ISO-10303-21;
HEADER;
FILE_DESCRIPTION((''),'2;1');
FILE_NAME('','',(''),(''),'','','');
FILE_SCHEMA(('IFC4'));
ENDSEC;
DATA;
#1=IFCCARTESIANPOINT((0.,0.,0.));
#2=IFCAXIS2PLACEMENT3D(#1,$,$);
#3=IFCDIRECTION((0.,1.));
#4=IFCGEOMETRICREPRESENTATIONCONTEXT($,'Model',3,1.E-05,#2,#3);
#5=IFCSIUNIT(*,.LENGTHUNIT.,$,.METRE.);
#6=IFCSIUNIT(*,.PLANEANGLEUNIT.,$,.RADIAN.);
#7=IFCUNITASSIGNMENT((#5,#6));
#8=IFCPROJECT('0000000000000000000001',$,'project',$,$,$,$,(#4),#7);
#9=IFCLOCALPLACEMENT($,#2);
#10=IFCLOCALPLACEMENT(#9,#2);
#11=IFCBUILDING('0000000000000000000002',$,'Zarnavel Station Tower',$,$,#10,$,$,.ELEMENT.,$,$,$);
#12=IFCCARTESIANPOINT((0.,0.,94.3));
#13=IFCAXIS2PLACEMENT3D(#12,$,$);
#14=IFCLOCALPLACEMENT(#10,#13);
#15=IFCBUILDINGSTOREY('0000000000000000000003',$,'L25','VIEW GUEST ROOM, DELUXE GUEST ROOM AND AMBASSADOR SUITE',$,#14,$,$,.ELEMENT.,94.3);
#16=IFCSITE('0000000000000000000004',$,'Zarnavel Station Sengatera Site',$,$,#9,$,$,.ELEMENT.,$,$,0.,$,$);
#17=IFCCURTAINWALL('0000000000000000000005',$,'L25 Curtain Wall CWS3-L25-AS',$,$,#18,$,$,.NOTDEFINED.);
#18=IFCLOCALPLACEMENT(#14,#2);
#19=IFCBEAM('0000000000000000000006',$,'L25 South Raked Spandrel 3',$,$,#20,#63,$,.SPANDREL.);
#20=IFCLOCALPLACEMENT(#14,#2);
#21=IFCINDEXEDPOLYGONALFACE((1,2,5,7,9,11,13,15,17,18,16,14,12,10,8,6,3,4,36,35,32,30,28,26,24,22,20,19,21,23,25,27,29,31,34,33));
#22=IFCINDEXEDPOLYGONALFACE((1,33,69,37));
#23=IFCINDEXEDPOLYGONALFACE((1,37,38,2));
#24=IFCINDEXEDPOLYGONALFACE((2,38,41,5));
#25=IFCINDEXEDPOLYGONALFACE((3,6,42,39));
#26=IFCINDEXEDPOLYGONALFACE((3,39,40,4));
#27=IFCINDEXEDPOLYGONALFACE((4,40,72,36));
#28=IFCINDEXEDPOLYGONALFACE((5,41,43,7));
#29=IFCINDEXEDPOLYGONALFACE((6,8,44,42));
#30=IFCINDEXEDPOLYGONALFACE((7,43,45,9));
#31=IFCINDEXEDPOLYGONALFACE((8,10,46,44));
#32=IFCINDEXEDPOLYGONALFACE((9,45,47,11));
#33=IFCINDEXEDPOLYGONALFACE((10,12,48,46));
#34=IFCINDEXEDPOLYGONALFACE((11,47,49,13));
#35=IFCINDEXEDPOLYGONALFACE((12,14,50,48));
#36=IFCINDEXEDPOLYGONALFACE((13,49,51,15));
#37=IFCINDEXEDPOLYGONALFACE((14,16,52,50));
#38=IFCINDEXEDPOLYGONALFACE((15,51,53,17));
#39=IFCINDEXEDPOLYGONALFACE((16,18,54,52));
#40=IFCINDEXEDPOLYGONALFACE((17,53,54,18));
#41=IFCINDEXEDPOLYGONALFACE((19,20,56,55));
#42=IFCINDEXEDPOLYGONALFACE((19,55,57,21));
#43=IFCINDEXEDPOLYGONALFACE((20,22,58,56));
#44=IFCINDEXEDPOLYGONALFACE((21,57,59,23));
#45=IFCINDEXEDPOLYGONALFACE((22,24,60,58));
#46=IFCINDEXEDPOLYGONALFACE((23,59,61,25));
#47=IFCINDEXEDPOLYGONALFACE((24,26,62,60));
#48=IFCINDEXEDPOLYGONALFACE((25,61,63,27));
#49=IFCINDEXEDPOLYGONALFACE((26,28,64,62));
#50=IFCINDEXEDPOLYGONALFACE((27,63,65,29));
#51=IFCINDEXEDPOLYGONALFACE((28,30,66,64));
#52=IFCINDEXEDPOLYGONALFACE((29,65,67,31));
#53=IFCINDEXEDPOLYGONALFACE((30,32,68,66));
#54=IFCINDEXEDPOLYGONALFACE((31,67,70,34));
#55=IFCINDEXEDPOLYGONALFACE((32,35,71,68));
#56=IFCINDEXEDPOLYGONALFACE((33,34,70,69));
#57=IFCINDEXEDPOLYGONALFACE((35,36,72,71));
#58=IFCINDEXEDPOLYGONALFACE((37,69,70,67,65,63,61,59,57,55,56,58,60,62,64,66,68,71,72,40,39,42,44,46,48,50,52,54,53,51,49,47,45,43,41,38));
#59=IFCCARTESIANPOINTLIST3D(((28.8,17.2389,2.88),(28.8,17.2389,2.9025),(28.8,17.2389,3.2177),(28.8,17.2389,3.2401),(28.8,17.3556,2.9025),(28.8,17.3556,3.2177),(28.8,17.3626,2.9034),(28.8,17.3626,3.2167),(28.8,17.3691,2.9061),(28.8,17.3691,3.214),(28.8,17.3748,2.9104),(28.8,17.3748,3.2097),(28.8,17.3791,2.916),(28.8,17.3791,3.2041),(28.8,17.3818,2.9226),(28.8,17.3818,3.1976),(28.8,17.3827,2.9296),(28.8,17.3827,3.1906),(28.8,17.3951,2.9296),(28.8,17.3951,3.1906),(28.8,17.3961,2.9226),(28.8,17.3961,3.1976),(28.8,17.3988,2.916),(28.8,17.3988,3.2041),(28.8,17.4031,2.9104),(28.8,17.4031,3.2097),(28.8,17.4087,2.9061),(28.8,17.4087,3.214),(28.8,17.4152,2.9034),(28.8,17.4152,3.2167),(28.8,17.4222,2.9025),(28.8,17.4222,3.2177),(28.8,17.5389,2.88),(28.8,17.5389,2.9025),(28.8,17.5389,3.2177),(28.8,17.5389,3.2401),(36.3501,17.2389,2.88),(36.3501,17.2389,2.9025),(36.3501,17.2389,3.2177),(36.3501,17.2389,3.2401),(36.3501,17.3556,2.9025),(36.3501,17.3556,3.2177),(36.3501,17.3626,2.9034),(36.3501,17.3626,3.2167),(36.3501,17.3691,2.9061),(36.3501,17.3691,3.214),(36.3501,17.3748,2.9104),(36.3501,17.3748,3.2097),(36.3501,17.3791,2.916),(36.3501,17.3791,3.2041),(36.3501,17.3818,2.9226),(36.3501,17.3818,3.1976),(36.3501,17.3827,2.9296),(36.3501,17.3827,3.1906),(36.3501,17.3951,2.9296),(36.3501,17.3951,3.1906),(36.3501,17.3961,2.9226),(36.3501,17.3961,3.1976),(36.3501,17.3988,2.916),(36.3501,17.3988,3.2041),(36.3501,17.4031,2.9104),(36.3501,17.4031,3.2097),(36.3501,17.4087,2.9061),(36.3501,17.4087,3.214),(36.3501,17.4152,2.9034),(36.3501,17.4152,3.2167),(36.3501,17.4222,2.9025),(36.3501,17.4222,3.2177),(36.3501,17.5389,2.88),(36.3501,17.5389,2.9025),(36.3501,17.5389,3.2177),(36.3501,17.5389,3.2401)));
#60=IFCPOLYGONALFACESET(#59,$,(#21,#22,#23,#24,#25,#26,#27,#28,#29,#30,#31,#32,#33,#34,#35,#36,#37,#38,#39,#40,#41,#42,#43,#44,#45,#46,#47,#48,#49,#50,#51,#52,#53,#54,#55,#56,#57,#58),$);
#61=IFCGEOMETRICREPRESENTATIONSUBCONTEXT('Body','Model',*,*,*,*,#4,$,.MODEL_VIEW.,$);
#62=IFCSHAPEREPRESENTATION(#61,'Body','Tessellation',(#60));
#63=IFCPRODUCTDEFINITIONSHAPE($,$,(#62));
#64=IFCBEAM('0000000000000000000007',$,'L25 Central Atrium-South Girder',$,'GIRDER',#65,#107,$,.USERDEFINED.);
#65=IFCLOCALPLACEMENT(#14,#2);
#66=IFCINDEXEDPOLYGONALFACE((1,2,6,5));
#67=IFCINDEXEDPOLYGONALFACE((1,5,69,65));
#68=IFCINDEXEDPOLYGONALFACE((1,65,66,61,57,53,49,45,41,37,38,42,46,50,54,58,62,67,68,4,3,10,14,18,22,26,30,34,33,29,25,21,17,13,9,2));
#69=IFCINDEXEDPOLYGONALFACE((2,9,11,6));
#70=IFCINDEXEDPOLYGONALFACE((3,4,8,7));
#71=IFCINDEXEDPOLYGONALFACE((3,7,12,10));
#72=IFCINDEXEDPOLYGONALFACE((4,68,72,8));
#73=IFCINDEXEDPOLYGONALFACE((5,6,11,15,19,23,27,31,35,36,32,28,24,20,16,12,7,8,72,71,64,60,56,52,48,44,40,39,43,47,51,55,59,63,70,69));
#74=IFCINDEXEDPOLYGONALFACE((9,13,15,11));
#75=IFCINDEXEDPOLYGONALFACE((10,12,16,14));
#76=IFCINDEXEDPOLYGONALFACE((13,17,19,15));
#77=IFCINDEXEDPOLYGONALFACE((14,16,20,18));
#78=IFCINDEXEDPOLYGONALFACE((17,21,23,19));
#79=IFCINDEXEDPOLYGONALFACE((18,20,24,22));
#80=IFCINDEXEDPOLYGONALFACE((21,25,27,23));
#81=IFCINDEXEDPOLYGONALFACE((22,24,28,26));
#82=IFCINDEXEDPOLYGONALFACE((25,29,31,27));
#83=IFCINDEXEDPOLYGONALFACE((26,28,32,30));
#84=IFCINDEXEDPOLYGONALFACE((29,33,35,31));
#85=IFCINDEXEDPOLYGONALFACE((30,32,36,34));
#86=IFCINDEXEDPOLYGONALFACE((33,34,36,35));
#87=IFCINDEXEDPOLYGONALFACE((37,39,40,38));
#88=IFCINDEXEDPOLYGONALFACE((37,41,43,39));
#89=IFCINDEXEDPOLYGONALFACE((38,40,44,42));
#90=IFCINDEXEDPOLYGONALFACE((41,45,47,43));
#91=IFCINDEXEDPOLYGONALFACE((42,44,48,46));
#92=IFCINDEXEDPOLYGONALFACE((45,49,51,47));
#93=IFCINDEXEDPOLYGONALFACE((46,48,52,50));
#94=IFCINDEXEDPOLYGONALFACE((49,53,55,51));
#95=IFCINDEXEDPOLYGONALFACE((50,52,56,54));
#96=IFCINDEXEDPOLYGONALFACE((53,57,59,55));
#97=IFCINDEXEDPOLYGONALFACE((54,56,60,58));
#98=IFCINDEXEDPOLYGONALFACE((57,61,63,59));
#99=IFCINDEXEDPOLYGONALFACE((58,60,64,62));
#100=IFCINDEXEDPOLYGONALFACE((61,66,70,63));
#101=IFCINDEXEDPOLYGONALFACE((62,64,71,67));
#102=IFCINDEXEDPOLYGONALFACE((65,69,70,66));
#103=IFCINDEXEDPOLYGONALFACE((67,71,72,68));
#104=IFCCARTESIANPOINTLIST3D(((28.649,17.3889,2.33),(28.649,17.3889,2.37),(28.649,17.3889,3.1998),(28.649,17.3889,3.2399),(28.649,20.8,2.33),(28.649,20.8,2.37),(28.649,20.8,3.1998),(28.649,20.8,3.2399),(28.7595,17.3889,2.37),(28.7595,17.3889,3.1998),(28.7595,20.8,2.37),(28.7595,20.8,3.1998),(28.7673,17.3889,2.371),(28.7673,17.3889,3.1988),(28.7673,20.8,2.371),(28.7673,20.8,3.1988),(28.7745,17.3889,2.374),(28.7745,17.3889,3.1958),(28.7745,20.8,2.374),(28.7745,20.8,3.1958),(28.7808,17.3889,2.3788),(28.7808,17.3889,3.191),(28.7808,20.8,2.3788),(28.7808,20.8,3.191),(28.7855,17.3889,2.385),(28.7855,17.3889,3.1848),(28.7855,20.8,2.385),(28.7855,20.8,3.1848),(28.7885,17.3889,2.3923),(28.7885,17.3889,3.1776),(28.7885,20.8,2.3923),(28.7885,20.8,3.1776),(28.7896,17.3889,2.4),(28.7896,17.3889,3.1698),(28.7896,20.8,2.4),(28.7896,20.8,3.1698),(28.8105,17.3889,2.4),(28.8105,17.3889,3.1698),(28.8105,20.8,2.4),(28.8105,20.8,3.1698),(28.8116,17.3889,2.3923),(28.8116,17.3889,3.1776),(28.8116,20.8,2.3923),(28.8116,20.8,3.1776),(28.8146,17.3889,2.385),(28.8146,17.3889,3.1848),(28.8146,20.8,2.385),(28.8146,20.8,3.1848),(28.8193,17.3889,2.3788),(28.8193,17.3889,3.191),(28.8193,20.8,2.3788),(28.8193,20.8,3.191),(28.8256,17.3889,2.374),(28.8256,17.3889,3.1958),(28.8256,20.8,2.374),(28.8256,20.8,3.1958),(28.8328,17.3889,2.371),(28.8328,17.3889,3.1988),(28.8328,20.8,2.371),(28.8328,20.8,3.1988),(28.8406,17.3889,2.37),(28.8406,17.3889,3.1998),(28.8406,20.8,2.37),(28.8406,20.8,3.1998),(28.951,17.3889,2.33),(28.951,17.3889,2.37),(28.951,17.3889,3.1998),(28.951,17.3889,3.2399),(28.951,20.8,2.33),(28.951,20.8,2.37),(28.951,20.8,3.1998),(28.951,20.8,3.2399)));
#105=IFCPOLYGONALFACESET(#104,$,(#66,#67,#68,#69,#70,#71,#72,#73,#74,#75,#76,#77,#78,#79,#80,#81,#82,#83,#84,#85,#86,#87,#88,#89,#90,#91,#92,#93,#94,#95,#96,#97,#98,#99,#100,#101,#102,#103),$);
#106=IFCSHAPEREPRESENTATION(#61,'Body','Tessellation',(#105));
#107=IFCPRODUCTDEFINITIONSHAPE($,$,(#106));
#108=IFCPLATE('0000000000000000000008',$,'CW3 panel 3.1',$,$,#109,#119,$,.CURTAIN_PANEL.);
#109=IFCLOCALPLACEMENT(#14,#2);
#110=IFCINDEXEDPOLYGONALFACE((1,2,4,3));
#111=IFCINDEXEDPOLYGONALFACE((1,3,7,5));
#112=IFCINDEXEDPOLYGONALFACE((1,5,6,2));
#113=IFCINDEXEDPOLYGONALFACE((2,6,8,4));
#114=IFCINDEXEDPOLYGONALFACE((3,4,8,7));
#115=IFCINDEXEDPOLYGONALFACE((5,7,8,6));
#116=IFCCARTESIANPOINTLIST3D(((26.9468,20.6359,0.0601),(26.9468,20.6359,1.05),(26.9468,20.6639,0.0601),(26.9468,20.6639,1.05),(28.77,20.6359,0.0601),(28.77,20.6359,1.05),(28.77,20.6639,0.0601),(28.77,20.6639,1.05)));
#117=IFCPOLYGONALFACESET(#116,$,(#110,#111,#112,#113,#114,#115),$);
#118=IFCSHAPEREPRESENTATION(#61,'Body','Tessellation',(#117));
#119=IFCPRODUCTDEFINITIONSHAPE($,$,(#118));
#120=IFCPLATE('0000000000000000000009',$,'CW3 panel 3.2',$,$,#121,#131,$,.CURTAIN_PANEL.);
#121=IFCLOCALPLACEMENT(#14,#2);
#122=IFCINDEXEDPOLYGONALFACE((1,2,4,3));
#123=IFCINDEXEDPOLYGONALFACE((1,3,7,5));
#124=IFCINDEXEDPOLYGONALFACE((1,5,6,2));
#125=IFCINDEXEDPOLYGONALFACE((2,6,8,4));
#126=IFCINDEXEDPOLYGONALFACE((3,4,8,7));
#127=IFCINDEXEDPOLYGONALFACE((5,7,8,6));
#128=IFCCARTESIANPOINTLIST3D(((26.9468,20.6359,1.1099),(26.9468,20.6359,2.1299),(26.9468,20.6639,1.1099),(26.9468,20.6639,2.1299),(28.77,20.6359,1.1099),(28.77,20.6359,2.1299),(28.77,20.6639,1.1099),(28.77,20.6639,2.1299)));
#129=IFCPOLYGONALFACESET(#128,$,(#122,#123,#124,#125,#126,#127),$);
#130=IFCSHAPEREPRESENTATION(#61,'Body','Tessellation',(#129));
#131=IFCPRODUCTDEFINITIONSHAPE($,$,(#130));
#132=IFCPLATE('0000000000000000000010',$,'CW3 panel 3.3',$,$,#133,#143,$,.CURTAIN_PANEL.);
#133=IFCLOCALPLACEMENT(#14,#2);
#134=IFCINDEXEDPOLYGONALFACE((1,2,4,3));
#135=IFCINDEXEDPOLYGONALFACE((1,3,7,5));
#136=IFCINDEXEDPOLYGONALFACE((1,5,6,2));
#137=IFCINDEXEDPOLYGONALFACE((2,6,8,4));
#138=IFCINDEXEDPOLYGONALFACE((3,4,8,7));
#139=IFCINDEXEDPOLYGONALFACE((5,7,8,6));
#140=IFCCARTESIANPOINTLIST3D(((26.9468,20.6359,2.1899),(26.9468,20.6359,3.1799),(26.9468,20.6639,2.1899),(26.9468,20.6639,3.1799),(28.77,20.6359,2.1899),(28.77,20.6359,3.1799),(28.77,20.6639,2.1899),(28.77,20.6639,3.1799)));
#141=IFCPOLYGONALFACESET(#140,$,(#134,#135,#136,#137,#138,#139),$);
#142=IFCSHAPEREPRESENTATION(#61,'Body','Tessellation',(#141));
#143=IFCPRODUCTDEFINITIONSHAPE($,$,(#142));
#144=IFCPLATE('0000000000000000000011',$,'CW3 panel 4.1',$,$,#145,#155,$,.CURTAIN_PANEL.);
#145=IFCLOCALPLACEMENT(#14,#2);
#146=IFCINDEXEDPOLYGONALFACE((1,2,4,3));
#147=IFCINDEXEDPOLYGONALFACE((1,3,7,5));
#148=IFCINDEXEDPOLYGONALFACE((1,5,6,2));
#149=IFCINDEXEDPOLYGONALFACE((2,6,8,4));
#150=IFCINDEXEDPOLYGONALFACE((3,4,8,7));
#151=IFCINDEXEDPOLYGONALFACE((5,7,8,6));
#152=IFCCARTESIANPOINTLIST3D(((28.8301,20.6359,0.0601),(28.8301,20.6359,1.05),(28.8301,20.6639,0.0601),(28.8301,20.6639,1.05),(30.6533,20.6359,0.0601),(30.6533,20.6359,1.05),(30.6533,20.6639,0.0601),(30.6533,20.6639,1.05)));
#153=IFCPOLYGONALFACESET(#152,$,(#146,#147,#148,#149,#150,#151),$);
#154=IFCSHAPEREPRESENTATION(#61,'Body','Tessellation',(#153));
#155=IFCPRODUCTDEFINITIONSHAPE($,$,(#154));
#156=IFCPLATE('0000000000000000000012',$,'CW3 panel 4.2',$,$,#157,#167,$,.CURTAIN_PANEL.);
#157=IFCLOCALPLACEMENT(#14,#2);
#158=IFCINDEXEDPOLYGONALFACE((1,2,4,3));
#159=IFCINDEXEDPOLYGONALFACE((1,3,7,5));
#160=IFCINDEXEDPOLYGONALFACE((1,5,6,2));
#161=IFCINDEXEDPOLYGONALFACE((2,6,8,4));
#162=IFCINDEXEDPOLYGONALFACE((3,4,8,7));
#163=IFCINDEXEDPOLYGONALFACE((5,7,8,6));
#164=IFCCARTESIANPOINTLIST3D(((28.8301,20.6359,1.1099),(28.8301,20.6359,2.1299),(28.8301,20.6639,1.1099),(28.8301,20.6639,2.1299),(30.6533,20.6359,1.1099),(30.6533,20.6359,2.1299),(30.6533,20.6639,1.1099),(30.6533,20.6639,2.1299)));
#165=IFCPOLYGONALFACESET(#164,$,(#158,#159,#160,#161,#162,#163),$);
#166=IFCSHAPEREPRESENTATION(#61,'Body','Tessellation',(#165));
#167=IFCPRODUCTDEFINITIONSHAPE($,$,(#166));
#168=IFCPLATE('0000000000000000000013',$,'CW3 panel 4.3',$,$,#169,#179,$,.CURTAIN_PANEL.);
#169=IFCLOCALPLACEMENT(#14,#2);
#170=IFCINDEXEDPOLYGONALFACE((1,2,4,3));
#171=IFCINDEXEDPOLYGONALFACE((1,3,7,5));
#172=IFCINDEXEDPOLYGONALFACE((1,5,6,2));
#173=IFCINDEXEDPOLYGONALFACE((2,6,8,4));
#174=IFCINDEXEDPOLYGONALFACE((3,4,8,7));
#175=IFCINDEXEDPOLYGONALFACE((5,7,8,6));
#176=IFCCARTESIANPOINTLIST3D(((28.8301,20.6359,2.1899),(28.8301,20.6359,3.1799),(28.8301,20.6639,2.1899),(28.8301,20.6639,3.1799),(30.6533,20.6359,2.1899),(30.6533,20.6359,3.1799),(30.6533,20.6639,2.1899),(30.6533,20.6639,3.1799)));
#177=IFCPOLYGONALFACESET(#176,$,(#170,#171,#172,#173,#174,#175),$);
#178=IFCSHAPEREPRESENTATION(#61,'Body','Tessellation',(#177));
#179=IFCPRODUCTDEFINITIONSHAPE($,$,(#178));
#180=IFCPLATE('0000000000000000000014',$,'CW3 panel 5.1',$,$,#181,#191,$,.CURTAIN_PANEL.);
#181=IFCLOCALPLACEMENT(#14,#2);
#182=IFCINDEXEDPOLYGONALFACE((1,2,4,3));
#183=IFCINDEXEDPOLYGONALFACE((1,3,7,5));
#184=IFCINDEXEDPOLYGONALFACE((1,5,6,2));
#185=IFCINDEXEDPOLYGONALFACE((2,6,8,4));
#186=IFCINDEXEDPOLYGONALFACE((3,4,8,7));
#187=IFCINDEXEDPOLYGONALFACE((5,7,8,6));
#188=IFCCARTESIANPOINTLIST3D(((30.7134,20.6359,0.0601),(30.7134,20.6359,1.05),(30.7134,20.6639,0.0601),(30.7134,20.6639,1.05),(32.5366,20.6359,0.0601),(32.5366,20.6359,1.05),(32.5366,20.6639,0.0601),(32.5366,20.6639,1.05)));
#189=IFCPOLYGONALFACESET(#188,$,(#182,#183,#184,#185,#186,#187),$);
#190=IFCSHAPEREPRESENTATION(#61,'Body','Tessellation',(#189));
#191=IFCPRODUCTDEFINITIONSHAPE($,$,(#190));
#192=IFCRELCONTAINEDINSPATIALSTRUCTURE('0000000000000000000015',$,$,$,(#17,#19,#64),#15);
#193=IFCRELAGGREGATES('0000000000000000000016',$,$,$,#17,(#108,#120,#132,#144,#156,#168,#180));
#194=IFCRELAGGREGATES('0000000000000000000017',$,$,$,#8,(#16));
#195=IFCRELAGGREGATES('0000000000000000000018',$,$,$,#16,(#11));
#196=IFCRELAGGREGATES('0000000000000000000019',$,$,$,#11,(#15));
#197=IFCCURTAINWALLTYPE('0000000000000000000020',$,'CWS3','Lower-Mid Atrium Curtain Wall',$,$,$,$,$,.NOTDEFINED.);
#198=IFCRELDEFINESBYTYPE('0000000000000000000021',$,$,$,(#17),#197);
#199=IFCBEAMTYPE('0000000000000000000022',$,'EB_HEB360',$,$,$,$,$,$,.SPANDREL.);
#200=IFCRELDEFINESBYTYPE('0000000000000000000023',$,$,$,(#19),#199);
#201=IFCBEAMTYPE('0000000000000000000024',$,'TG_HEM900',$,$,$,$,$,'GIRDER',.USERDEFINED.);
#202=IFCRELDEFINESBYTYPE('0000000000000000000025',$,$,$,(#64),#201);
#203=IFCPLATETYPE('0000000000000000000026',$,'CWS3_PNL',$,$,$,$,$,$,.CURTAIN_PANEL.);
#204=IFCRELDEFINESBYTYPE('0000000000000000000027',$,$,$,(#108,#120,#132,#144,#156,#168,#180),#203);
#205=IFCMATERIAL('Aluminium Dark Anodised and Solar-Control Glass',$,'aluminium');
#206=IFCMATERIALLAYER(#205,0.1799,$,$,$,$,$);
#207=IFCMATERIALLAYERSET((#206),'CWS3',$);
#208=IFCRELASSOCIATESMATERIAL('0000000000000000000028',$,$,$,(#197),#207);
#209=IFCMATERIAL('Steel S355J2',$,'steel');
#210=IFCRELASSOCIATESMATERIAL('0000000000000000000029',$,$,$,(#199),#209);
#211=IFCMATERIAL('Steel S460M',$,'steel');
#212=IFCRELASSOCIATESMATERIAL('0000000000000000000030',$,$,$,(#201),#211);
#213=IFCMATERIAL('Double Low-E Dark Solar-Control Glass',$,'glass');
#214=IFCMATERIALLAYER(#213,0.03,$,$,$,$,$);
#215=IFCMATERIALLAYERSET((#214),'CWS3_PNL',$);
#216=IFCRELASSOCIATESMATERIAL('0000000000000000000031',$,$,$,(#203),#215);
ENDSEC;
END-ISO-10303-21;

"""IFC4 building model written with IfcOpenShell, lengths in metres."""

from ifc_helpers import new_model, si_unit, direction, frame, origin, origin_2d, place, context, subcontext, project, spatial, rectangle, i_section, extrude, material, layer, layer_set, material_profile, profile_set, type_object, element, aggregate, save


model = new_model("IFC4")

# Units and contexts
model_context = context("Model", 3, precision=1e-05, world=origin(), true_north=direction((0.0, 1.0)))
body_context = subcontext(model_context, "Body", "Model", "MODEL_VIEW")
ifc_project = project(units=[si_unit("LENGTHUNIT", "METRE"), si_unit("PLANEANGLEUNIT", "RADIAN")], contexts=[model_context])

# Site, building, storey
site_placement = place(None, origin())
site = spatial("IfcSite", under=ifc_project, at=site_placement, Name="Zarnavel Station Sengatera Site", CompositionType="ELEMENT", RefElevation=0.0)
building_placement = place(site_placement, origin())
building = spatial("IfcBuilding", under=site, at=building_placement, Name="Zarnavel Station Tower", CompositionType="ELEMENT")
storey_placement = place(building_placement, frame((0.0, 0.0, 94.3)))
storey = spatial("IfcBuildingStorey", under=building, at=storey_placement, Name="L25", Description="VIEW GUEST ROOM, DELUXE GUEST ROOM AND AMBASSADOR SUITE", CompositionType="ELEMENT", Elevation=94.3)

# Curtain wall
ifc_material_1 = material(Name="Aluminium Dark Anodised and Solar-Control Glass", Category="aluminium")
ifc_layer_1 = layer(ifc_material_1, 0.1799)
ifc_layer_set_1 = layer_set([ifc_layer_1], Name="CWS3")
curtain_wall_type = type_object("IfcCurtainWallType", Name="CWS3", Description="Lower-Mid Atrium Curtain Wall", PredefinedType="NOTDEFINED", material=ifc_layer_set_1)
curtain_wall_placement = place(storey_placement, origin())
curtain_wall = element("IfcCurtainWall", 1, at=curtain_wall_placement, inside=storey, type_object=curtain_wall_type, Name="L25 Curtain Wall CWS3-L25-AS", PredefinedType="NOTDEFINED")

# Beams
ifc_material_2 = material(Name="Steel S355J2", Category="steel")
ifc_material_profile_1 = material_profile(ifc_material_2, i_section(OverallWidth=0.3, OverallDepth=0.3601, WebThickness=0.0125, FlangeThickness=0.0225, FilletRadius=0.0271, at=origin_2d()), Name="HEB360")
ifc_profile_set_1 = profile_set([ifc_material_profile_1], Name="Steel S355J2")
beam_type_1 = type_object("IfcBeamType", Name="EB_HEB360", PredefinedType="SPANDREL", material=ifc_profile_set_1)
beam_1_placement = place(storey_placement, frame((28.8, 17.3889, 3.0601), z_axis=(1.0, 0.0, 0.0), x_axis=(0.0, 1.0, 0.0)))
element("IfcBeam", 2, at=beam_1_placement, inside=storey, type_object=beam_type_1, Name="L25 South Raked Spandrel 3", PredefinedType="SPANDREL", context=body_context, shape_type="SweptSolid", body=[
    extrude(i_section(OverallWidth=0.3, OverallDepth=0.3601, WebThickness=0.0125, FlangeThickness=0.0225, FilletRadius=0.0271, at=origin_2d()), origin(), (0.0, 0.0, 1.0), 7.55),
])
ifc_material_3 = material(Name="Steel S460M", Category="steel")
ifc_material_profile_2 = material_profile(ifc_material_3, i_section(OverallWidth=0.302, OverallDepth=0.9099, WebThickness=0.021, FlangeThickness=0.04, FilletRadius=0.03, at=origin_2d()), Name="HEM900")
ifc_profile_set_2 = profile_set([ifc_material_profile_2], Name="Steel S460M")
beam_type_2 = type_object("IfcBeamType", Name="TG_HEM900", ElementType="GIRDER", PredefinedType="USERDEFINED", material=ifc_profile_set_2)
beam_2_placement = place(storey_placement, frame((28.8, 17.3889, 2.7849), z_axis=(0.0, 1.0, 0.0), x_axis=(-1.0, 0.0, 0.0)))
element("IfcBeam", 3, at=beam_2_placement, inside=storey, type_object=beam_type_2, Name="L25 Central Atrium-South Girder", ObjectType="GIRDER", PredefinedType="USERDEFINED", context=body_context, shape_type="SweptSolid", body=[
    extrude(i_section(OverallWidth=0.302, OverallDepth=0.9099, WebThickness=0.021, FlangeThickness=0.04, FilletRadius=0.03, at=origin_2d()), origin(), (0.0, 0.0, 1.0), 3.4111),
])

# Plates
ifc_material_4 = material(Name="Double Low-E Dark Solar-Control Glass", Category="glass")
ifc_layer_2 = layer(ifc_material_4, 0.03)
ifc_layer_set_2 = layer_set([ifc_layer_2], Name="CWS3_PNL")
plate_type = type_object("IfcPlateType", Name="CWS3_PNL", PredefinedType="CURTAIN_PANEL", material=ifc_layer_set_2)
plate_1_placement = place(storey_placement, frame((27.8584, 20.6499, 0.0601), z_axis=(0.0, 0.0, 1.0), x_axis=(1.0, 0.0, 0.0)))
plate_1 = element("IfcPlate", 4, at=plate_1_placement, type_object=plate_type, Name="CW3 panel 3.1", PredefinedType="CURTAIN_PANEL", context=body_context, shape_type="SweptSolid", body=[
    extrude(rectangle(XDim=1.8232, YDim=0.0281, at=origin_2d()), origin(), (0.0, 0.0, 1.0), 0.99),
])
plate_2_placement = place(storey_placement, frame((27.8584, 20.6499, 1.1099), z_axis=(0.0, 0.0, 1.0), x_axis=(1.0, 0.0, 0.0)))
plate_2 = element("IfcPlate", 5, at=plate_2_placement, type_object=plate_type, Name="CW3 panel 3.2", PredefinedType="CURTAIN_PANEL", context=body_context, shape_type="SweptSolid", body=[
    extrude(rectangle(XDim=1.8232, YDim=0.0281, at=origin_2d()), origin(), (0.0, 0.0, 1.0), 1.02),
])
plate_3_placement = place(storey_placement, frame((27.8584, 20.6499, 2.1899), z_axis=(0.0, 0.0, 1.0), x_axis=(1.0, 0.0, 0.0)))
plate_3 = element("IfcPlate", 6, at=plate_3_placement, type_object=plate_type, Name="CW3 panel 3.3", PredefinedType="CURTAIN_PANEL", context=body_context, shape_type="SweptSolid", body=[
    extrude(rectangle(XDim=1.8232, YDim=0.0281, at=origin_2d()), origin(), (0.0, 0.0, 1.0), 0.99),
])
plate_4_placement = place(storey_placement, frame((29.7417, 20.6499, 0.0601), z_axis=(0.0, 0.0, 1.0), x_axis=(1.0, 0.0, 0.0)))
plate_4 = element("IfcPlate", 7, at=plate_4_placement, type_object=plate_type, Name="CW3 panel 4.1", PredefinedType="CURTAIN_PANEL", context=body_context, shape_type="SweptSolid", body=[
    extrude(rectangle(XDim=1.8232, YDim=0.0281, at=origin_2d()), origin(), (0.0, 0.0, 1.0), 0.99),
])
plate_5_placement = place(storey_placement, frame((29.7417, 20.6499, 1.1099), z_axis=(0.0, 0.0, 1.0), x_axis=(1.0, 0.0, 0.0)))
plate_5 = element("IfcPlate", 8, at=plate_5_placement, type_object=plate_type, Name="CW3 panel 4.2", PredefinedType="CURTAIN_PANEL", context=body_context, shape_type="SweptSolid", body=[
    extrude(rectangle(XDim=1.8232, YDim=0.0281, at=origin_2d()), origin(), (0.0, 0.0, 1.0), 1.02),
])
plate_6_placement = place(storey_placement, frame((29.7417, 20.6499, 2.1899), z_axis=(0.0, 0.0, 1.0), x_axis=(1.0, 0.0, 0.0)))
plate_6 = element("IfcPlate", 9, at=plate_6_placement, type_object=plate_type, Name="CW3 panel 4.3", PredefinedType="CURTAIN_PANEL", context=body_context, shape_type="SweptSolid", body=[
    extrude(rectangle(XDim=1.8232, YDim=0.0281, at=origin_2d()), origin(), (0.0, 0.0, 1.0), 0.99),
])
plate_7_placement = place(storey_placement, frame((31.625, 20.6499, 0.0601), z_axis=(0.0, 0.0, 1.0), x_axis=(1.0, 0.0, 0.0)))
plate_7 = element("IfcPlate", 10, at=plate_7_placement, type_object=plate_type, Name="CW3 panel 5.1", PredefinedType="CURTAIN_PANEL", context=body_context, shape_type="SweptSolid", body=[
    extrude(rectangle(XDim=1.8232, YDim=0.0281, at=origin_2d()), origin(), (0.0, 0.0, 1.0), 0.99),
])
aggregate(curtain_wall, [plate_1, plate_2, plate_3, plate_4, plate_5, plate_6, plate_7])

save(model, "model.ifc")
